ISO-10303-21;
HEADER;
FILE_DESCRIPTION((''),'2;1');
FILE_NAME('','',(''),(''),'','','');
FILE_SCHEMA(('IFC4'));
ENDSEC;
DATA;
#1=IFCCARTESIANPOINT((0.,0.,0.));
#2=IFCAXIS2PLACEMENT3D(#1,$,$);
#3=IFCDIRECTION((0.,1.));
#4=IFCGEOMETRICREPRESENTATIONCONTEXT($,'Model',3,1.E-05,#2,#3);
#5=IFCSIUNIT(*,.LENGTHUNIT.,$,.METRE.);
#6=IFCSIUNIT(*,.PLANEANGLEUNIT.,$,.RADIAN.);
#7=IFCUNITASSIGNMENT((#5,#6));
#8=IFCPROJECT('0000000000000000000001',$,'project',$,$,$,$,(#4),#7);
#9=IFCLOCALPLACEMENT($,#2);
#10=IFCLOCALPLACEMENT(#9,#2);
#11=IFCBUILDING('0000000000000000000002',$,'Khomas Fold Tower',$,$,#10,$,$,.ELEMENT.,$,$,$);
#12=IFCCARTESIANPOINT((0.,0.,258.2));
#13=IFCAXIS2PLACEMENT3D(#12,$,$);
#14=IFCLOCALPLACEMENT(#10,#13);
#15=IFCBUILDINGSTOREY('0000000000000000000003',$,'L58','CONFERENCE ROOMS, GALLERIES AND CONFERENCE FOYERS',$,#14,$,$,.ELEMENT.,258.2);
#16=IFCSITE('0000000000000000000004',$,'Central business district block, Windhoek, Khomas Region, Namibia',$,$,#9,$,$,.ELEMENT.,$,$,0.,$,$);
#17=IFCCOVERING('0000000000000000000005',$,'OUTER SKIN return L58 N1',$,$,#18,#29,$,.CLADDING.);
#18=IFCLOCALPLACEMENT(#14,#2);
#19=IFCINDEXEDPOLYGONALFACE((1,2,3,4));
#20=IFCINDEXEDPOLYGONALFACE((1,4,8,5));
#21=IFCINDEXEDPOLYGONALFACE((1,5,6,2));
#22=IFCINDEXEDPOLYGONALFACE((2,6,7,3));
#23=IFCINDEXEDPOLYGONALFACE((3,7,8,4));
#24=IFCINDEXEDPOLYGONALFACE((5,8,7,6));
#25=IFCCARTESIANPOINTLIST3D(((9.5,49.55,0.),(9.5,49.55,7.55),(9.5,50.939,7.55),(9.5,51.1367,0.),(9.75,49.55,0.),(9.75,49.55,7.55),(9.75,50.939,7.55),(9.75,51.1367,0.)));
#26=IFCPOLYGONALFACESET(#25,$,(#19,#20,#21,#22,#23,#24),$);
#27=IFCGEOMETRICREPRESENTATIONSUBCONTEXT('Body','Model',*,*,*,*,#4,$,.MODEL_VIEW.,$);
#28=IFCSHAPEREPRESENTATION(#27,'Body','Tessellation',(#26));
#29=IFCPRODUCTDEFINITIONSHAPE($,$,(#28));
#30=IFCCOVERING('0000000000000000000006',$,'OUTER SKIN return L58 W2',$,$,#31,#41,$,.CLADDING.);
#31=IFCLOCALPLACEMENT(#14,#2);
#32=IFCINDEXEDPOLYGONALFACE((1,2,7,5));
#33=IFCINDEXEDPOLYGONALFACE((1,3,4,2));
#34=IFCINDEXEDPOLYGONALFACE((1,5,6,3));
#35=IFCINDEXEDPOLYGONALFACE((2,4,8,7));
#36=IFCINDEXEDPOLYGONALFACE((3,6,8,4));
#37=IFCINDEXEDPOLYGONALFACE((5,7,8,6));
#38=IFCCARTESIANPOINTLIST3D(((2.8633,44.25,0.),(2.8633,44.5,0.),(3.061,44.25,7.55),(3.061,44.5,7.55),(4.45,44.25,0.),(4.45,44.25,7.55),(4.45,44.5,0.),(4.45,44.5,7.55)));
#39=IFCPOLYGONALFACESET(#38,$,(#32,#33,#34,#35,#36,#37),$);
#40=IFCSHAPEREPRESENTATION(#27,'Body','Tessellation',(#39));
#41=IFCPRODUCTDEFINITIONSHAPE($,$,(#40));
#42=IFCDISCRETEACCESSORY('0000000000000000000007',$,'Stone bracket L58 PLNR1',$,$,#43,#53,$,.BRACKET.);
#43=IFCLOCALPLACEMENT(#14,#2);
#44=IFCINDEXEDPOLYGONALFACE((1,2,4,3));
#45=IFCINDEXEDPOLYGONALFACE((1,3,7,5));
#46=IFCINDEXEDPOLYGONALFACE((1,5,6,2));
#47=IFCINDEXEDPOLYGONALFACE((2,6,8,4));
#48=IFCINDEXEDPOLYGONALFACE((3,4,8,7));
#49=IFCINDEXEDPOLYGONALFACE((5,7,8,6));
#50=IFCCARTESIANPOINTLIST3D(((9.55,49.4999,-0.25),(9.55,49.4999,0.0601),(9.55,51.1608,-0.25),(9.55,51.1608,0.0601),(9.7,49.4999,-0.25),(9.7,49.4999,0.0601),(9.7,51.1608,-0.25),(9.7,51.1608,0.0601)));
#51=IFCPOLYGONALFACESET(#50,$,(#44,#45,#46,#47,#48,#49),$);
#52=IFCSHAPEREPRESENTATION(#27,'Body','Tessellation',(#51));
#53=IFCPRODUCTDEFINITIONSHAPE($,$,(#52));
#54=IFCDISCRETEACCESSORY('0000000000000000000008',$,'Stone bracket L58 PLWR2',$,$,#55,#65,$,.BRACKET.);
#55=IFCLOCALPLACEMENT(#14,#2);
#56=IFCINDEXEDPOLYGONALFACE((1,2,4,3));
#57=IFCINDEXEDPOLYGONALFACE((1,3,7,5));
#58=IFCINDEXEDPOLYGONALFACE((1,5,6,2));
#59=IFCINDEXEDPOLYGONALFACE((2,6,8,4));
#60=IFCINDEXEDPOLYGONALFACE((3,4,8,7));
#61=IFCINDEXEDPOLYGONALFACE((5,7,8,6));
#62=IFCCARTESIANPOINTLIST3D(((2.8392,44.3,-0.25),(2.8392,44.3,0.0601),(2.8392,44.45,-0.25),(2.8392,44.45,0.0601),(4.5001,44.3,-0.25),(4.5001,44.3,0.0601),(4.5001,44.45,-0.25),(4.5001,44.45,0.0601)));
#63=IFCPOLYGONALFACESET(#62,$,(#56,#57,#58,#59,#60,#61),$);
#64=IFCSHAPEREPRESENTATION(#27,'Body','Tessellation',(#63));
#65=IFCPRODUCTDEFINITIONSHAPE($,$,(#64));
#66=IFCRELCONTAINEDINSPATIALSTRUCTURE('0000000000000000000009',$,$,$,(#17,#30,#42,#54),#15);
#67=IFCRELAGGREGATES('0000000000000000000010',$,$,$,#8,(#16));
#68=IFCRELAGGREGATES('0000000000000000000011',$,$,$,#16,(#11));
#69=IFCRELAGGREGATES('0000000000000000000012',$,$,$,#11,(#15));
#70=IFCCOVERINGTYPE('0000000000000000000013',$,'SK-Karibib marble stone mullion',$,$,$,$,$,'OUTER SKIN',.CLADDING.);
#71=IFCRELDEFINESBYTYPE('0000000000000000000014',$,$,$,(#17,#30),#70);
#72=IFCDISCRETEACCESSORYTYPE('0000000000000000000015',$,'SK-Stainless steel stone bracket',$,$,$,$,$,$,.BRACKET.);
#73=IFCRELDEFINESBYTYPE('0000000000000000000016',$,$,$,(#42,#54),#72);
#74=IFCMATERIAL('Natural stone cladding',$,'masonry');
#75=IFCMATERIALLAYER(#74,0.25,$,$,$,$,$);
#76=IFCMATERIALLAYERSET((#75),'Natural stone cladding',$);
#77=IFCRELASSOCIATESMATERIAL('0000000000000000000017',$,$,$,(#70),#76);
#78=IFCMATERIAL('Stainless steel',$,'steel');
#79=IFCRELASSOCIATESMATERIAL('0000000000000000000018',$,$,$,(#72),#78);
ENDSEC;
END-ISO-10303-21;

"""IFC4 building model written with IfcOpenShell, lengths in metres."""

from ifc_helpers import new_model, si_unit, direction, frame, origin, origin_2d, place, context, subcontext, project, spatial, polyline, rectangle, outline, extrude, source, transform, mapped, material, layer, layer_set, type_object, element, save


model = new_model("IFC4")

# Units and contexts
model_context = context("Model", 3, precision=1e-05, world=origin(), true_north=direction((0.0, 1.0)))
body_context = subcontext(model_context, "Body", "Model", "MODEL_VIEW")
ifc_project = project(units=[si_unit("LENGTHUNIT", "METRE"), si_unit("PLANEANGLEUNIT", "RADIAN")], contexts=[model_context])

# Site, building, storey
site_placement = place(None, origin())
site = spatial("IfcSite", under=ifc_project, at=site_placement, Name="Central business district block, Windhoek, Khomas Region, Namibia", CompositionType="ELEMENT", RefElevation=0.0)
building_placement = place(site_placement, origin())
building = spatial("IfcBuilding", under=site, at=building_placement, Name="Khomas Fold Tower", CompositionType="ELEMENT")
storey_placement = place(building_placement, frame((0.0, 0.0, 258.2)))
storey = spatial("IfcBuildingStorey", under=building, at=storey_placement, Name="L58", Description="CONFERENCE ROOMS, GALLERIES AND CONFERENCE FOYERS", CompositionType="ELEMENT", Elevation=258.2)

# Coverings
ifc_material_1 = material(Name="Natural stone cladding", Category="masonry")
ifc_layer_1 = layer(ifc_material_1, 0.25)
ifc_layer_set_1 = layer_set([ifc_layer_1], Name="Natural stone cladding")
covering_type = type_object("IfcCoveringType", Name="SK-Karibib marble stone mullion", ElementType="OUTER SKIN", PredefinedType="CLADDING", material=ifc_layer_set_1)
covering_1_placement = place(storey_placement, frame((9.5, 49.55, 7.55), z_axis=(-1.0, 0.0, 0.0), x_axis=(0.0, 1.0, 0.0)))
element("IfcCovering", 1, at=covering_1_placement, inside=storey, type_object=covering_type, Name="OUTER SKIN return L58 N1", PredefinedType="CLADDING", context=body_context, shape_type="SweptSolid", body=[
    extrude(outline(polyline([(0.0, 0.0), (1.3889, 0.0), (1.5867, 7.55), (0.0, 7.55), (0.0, 0.0)])), origin(), (0.0, 0.0, -1.0), 0.25),
])
covering_2_placement = place(storey_placement, frame((4.45, 44.5, 0.0), z_axis=(0.0, 1.0, 0.0), x_axis=(-1.0, 0.0, 0.0)))
element("IfcCovering", 2, at=covering_2_placement, inside=storey, type_object=covering_type, Name="OUTER SKIN return L58 W2", PredefinedType="CLADDING", context=body_context, shape_type="SweptSolid", body=[
    extrude(outline(polyline([(0.0, 0.0), (1.5867, 0.0), (1.3889, 7.55), (0.0, 7.55), (0.0, 0.0)])), origin(), (0.0, 0.0, -1.0), 0.25),
])

# Discrete accessories
ifc_material_2 = material(Name="Stainless steel", Category="steel")
discrete_accessory_type = type_object("IfcDiscreteAccessoryType", Name="SK-Stainless steel stone bracket", PredefinedType="BRACKET", material=ifc_material_2)
shared_shape_1 = source(origin(), body_context, "Body", "SweptSolid", [
    extrude(rectangle(XDim=1.6609, YDim=0.1499, at=origin_2d()), origin(), (0.0, 0.0, 1.0), 0.3101),
])
for number, where, z_axis, x_axis, name in (
    (3, (9.625, 50.3303, -0.25), (0.0, 0.0, 1.0), (0.0, 1.0, 0.0), "Stone bracket L58 PLNR1"),
    (4, (3.6697, 44.375, -0.25), (0.0, 0.0, 1.0), (-1.0, 0.0, 0.0), "Stone bracket L58 PLWR2"),
):
    element("IfcDiscreteAccessory", number, at=place(storey_placement, frame(where, z_axis=z_axis, x_axis=x_axis)), inside=storey, type_object=discrete_accessory_type, Name=name, PredefinedType="BRACKET", context=body_context, shape_type="MappedRepresentation", body=[
        mapped(shared_shape_1, transform((0.0, 0.0, 0.0))),
    ])

save(model, "model.ifc")
